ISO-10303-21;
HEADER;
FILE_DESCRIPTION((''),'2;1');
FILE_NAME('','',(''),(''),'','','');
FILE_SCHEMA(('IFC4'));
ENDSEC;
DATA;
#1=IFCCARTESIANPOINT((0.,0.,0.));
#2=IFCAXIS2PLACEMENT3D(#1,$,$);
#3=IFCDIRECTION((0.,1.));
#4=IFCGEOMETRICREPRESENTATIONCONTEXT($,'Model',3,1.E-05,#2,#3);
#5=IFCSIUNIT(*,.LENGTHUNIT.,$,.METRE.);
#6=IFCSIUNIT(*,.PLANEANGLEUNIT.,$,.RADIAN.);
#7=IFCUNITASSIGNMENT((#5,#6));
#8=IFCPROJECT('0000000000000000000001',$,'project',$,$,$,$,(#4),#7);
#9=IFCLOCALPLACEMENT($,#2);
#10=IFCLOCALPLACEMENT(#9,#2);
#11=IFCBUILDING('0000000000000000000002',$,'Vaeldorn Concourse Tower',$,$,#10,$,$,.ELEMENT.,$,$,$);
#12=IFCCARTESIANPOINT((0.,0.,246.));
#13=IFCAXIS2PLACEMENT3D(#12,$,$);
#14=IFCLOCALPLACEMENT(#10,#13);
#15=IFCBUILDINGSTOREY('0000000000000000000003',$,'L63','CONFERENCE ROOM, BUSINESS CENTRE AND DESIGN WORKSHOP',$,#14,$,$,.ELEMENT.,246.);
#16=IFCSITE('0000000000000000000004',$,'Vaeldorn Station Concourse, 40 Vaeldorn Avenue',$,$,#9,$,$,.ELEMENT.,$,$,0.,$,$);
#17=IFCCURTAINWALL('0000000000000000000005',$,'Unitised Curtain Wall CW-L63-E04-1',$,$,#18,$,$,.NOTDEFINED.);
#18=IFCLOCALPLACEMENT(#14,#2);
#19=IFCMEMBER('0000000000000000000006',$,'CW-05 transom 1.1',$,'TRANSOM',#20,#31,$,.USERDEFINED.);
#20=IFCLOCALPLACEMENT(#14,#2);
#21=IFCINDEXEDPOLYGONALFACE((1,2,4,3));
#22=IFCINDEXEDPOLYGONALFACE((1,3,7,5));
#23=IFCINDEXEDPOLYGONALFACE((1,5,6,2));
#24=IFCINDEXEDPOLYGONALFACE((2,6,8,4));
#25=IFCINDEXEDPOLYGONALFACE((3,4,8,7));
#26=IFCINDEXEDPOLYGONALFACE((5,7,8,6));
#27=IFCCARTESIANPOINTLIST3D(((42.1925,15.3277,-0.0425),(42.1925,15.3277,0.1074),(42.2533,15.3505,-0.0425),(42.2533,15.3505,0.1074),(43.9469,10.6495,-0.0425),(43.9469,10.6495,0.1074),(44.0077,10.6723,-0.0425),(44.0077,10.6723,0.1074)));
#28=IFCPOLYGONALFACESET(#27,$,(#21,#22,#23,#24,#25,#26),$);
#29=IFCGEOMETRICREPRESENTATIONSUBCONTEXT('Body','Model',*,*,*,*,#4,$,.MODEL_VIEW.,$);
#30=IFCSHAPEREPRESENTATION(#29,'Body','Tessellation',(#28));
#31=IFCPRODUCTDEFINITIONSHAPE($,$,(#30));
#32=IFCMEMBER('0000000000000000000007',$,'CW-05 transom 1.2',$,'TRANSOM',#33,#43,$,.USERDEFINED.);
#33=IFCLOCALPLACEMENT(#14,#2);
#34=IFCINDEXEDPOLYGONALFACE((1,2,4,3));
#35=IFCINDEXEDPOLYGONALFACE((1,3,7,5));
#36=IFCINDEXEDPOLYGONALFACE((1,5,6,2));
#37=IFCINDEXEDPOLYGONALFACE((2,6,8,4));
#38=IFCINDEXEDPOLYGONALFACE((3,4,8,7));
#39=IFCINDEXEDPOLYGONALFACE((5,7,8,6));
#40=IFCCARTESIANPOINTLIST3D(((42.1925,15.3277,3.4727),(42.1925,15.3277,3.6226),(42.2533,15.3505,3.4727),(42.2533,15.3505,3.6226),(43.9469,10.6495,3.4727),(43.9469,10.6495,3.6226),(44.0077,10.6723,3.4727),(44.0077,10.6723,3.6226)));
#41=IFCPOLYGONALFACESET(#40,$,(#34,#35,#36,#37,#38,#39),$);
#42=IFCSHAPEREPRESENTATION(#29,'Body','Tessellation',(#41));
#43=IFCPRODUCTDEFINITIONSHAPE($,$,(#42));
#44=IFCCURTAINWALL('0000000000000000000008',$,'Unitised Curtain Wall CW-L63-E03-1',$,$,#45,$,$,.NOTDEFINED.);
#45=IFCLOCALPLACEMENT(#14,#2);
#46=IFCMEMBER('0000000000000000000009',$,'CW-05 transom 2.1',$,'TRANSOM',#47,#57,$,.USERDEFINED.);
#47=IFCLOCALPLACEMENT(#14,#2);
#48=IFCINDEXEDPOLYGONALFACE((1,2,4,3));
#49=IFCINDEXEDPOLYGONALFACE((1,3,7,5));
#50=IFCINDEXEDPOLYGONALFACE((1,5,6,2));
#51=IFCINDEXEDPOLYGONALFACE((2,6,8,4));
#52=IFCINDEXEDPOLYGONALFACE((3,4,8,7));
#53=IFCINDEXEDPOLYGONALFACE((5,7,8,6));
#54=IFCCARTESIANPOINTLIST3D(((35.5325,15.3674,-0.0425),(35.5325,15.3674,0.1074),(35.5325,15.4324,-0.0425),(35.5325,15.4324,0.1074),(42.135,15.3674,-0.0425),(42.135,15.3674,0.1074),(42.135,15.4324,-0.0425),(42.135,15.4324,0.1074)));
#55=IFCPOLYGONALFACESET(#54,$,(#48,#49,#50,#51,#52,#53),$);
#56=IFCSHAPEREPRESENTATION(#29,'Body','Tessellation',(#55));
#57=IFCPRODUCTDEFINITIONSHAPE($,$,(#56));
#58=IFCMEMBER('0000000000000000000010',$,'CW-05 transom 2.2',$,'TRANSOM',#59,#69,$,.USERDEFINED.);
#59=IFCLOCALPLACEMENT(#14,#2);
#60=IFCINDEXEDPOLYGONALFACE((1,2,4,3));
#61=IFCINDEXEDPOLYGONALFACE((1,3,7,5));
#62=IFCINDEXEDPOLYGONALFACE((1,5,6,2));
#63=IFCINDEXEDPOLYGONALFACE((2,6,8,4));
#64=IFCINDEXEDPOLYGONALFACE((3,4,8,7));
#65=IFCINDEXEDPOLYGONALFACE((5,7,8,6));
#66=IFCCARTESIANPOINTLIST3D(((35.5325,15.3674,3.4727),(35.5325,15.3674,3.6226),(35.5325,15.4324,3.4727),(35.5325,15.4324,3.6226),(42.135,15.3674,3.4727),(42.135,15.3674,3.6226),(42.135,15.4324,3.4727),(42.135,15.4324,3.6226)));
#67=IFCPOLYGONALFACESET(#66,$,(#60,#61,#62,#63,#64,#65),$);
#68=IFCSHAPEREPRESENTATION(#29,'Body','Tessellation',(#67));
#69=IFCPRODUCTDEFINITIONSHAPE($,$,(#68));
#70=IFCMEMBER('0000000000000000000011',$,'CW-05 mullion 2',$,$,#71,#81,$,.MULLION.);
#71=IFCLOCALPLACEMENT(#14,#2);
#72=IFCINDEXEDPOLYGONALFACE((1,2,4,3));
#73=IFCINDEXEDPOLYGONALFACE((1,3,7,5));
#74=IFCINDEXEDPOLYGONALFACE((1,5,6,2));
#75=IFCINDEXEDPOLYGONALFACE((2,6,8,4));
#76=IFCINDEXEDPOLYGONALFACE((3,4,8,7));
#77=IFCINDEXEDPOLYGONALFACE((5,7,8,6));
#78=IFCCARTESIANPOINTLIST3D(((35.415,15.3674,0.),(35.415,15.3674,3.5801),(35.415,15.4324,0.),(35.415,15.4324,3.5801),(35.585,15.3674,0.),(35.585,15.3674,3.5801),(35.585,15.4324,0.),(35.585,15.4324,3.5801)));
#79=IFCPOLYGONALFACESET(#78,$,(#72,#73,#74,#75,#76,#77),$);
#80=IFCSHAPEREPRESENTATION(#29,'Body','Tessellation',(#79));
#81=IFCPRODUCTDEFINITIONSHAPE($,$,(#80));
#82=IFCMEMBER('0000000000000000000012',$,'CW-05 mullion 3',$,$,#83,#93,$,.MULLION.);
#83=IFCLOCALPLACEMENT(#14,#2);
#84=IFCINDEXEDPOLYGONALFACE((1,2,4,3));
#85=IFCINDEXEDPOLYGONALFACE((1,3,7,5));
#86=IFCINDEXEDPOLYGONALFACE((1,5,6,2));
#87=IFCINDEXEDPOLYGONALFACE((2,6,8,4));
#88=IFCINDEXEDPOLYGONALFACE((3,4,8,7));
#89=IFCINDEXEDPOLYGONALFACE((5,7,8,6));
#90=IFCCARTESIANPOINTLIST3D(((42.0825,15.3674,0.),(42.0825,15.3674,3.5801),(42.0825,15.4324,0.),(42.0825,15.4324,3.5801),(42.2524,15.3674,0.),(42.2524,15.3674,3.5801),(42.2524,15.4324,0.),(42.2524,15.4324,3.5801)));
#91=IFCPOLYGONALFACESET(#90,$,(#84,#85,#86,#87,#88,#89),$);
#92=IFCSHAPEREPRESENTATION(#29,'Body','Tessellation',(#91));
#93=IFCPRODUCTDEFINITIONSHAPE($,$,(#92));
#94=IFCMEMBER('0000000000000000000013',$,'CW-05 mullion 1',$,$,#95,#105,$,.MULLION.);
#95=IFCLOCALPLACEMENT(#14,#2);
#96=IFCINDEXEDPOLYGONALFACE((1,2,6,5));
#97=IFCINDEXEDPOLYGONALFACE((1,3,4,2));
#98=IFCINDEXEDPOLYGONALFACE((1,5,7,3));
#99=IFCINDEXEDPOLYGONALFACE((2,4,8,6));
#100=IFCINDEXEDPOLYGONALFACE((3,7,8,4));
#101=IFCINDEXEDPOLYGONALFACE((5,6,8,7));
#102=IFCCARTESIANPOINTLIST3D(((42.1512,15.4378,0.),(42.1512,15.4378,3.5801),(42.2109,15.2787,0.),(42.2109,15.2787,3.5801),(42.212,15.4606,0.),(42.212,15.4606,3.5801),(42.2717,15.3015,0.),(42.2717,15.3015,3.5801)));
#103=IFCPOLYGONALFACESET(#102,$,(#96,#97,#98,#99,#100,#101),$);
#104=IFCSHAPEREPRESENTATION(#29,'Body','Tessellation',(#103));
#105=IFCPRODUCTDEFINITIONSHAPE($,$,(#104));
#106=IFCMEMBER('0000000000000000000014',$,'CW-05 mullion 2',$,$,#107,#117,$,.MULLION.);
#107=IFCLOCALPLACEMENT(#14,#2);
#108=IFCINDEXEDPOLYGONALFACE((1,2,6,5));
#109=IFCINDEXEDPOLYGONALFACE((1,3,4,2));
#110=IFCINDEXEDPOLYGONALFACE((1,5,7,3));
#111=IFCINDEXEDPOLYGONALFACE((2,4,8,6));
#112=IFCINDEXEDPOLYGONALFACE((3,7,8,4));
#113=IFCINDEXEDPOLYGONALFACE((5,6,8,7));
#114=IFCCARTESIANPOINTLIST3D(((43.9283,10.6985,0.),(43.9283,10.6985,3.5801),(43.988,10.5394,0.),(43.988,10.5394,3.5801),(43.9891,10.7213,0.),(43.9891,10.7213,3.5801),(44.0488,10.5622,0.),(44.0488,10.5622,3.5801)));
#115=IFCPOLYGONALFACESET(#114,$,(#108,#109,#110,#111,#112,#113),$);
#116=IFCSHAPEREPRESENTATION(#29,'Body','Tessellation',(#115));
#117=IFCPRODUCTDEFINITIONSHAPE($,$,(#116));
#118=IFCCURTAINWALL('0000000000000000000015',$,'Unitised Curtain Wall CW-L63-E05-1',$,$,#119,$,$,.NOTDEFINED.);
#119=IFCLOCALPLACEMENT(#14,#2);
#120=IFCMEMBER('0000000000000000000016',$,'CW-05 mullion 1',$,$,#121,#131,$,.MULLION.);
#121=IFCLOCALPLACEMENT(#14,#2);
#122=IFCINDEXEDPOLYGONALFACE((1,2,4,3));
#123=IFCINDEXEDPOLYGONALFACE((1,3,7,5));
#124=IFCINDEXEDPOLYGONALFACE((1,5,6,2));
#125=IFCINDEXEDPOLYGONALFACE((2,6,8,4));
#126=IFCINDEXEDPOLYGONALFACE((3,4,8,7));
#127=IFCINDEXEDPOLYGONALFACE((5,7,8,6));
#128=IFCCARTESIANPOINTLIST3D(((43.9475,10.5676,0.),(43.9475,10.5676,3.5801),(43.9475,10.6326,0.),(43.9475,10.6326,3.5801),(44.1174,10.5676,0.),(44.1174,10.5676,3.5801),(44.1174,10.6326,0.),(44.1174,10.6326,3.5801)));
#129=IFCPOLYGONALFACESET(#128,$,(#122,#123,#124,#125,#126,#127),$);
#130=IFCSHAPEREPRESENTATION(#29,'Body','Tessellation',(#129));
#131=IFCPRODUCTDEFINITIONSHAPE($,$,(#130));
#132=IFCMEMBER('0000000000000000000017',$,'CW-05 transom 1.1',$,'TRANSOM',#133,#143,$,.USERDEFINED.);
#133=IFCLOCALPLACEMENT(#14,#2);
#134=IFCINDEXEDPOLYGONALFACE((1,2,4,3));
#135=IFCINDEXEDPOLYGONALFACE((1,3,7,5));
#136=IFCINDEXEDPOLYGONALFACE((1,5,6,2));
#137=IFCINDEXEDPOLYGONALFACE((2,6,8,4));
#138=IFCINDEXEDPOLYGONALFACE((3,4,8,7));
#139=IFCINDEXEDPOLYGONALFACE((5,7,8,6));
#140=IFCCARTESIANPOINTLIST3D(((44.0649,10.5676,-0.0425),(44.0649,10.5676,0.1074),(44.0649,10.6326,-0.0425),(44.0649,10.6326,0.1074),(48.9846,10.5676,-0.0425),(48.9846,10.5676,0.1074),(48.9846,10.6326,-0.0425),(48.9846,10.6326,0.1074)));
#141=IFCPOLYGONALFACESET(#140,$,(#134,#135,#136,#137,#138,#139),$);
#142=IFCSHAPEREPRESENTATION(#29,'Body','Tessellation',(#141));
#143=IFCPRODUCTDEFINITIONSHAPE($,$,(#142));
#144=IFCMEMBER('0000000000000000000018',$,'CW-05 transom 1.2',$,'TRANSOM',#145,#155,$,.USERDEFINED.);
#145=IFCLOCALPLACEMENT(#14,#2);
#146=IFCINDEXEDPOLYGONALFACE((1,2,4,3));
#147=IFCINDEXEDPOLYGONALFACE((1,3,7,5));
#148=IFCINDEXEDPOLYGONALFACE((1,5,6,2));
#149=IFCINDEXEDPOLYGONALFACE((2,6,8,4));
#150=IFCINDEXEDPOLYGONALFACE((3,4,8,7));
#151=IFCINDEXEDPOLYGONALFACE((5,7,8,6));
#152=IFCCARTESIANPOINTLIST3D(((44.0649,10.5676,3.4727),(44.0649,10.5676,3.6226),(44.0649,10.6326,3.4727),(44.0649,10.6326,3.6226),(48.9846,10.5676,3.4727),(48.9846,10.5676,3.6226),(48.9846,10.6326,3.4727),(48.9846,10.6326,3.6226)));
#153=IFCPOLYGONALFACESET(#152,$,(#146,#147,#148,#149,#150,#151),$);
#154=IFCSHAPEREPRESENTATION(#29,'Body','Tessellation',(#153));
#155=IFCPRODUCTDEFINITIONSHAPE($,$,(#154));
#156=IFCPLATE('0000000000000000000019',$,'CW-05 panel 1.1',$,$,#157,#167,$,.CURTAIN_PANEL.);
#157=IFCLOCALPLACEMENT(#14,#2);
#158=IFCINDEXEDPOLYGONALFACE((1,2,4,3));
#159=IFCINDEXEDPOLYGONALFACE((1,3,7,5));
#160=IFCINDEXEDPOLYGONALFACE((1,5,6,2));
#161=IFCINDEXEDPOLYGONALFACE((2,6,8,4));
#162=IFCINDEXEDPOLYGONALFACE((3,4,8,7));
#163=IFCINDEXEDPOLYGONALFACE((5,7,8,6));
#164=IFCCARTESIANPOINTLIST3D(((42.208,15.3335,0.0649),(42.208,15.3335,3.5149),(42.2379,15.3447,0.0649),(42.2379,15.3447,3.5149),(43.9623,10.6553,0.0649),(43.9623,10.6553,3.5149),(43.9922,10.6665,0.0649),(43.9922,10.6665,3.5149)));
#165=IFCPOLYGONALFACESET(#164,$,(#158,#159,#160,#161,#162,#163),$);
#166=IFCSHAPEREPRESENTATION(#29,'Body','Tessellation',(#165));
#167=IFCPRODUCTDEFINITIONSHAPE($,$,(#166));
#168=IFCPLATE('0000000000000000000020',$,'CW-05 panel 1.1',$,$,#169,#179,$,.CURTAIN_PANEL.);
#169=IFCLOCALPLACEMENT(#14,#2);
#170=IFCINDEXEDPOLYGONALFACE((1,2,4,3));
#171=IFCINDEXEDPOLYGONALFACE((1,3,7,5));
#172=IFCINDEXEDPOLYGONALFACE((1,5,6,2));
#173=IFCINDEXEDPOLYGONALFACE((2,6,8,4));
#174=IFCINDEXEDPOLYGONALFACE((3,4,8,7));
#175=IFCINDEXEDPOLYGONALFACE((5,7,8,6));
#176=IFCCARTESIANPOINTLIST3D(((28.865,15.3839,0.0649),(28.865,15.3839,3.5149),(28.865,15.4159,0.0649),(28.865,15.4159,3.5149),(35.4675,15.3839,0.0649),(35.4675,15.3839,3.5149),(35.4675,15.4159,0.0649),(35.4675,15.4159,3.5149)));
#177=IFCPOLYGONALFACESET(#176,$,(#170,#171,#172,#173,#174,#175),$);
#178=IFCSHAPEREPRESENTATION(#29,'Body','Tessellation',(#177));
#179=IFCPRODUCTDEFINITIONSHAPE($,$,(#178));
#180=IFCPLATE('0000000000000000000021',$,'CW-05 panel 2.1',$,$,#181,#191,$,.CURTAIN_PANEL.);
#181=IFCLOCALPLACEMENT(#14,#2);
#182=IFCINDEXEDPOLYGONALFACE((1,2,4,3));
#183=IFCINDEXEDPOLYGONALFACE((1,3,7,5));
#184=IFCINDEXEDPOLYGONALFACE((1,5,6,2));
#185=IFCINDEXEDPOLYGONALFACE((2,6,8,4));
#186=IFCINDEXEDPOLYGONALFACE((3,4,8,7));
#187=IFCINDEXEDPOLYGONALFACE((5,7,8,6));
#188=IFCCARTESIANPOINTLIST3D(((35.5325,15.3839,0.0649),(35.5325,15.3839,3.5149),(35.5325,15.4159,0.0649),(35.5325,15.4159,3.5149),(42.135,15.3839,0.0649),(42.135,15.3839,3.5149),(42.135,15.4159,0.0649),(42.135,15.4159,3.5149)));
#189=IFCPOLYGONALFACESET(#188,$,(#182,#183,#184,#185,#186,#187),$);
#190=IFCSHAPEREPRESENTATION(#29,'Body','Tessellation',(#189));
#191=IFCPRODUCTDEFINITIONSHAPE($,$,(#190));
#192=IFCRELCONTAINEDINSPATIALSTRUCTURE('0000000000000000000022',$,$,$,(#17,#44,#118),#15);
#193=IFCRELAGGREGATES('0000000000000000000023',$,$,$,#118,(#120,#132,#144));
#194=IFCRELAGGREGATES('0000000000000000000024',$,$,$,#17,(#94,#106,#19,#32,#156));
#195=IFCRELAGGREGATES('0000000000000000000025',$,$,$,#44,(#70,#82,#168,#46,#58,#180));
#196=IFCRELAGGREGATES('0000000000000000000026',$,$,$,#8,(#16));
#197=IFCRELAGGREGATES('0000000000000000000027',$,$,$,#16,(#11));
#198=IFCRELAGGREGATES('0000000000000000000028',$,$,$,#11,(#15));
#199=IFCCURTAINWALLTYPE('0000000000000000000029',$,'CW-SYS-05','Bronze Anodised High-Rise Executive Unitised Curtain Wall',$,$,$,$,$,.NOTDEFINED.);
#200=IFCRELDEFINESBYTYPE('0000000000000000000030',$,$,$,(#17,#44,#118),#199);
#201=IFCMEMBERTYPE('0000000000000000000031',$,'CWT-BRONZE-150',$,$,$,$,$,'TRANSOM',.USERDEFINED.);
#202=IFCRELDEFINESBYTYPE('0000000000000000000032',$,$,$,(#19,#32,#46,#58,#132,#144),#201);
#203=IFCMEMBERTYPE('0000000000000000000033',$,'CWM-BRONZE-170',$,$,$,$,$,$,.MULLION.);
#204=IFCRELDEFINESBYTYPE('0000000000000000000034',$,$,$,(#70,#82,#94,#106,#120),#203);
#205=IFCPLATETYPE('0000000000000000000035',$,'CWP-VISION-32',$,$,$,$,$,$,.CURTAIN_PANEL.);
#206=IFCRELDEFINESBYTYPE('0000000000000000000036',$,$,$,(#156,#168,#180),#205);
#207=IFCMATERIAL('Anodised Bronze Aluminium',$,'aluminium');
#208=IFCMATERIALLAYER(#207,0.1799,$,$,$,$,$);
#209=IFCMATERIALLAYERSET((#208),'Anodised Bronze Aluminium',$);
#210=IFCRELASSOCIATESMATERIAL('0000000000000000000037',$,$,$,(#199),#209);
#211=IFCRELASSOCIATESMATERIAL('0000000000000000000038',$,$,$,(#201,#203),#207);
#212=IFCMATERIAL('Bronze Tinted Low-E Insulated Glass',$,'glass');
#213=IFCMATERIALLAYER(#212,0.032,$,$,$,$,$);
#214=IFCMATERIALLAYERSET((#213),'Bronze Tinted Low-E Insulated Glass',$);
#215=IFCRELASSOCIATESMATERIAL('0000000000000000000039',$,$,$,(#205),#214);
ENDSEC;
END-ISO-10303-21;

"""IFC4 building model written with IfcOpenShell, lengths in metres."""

from ifc_helpers import new_model, si_unit, direction, frame, origin, origin_2d, place, context, subcontext, project, spatial, rectangle, extrude, source, transform, mapped, material, layer, layer_set, material_profile, profile_set, type_object, element, aggregate, save


model = new_model("IFC4")

# Units and contexts
model_context = context("Model", 3, precision=1e-05, world=origin(), true_north=direction((0.0, 1.0)))
body_context = subcontext(model_context, "Body", "Model", "MODEL_VIEW")
ifc_project = project(units=[si_unit("LENGTHUNIT", "METRE"), si_unit("PLANEANGLEUNIT", "RADIAN")], contexts=[model_context])

# Site, building, storey
site_placement = place(None, origin())
site = spatial("IfcSite", under=ifc_project, at=site_placement, Name="Vaeldorn Station Concourse, 40 Vaeldorn Avenue", CompositionType="ELEMENT", RefElevation=0.0)
building_placement = place(site_placement, origin())
building = spatial("IfcBuilding", under=site, at=building_placement, Name="Vaeldorn Concourse Tower", CompositionType="ELEMENT")
storey_placement = place(building_placement, frame((0.0, 0.0, 246.0)))
storey = spatial("IfcBuildingStorey", under=building, at=storey_placement, Name="L63", Description="CONFERENCE ROOM, BUSINESS CENTRE AND DESIGN WORKSHOP", CompositionType="ELEMENT", Elevation=246.0)

# Curtain walls, members
ifc_material_1 = material(Name="Anodised Bronze Aluminium", Category="aluminium")
ifc_layer_1 = layer(ifc_material_1, 0.1799)
ifc_layer_set_1 = layer_set([ifc_layer_1], Name="Anodised Bronze Aluminium")
curtain_wall_type = type_object("IfcCurtainWallType", Name="CW-SYS-05", Description="Bronze Anodised High-Rise Executive Unitised Curtain Wall", PredefinedType="NOTDEFINED", material=ifc_layer_set_1)
curtain_wall_1_placement = place(storey_placement, origin())
curtain_wall_1 = element("IfcCurtainWall", 1, at=curtain_wall_1_placement, inside=storey, type_object=curtain_wall_type, Name="Unitised Curtain Wall CW-L63-E04-1", PredefinedType="NOTDEFINED")
ifc_material_profile_1 = material_profile(ifc_material_1, rectangle(XDim=0.0649, YDim=0.1499, at=origin_2d()), Name="CWT 65x150")
ifc_profile_set_1 = profile_set([ifc_material_profile_1], Name="Anodised Bronze Aluminium")
member_type_1 = type_object("IfcMemberType", Name="CWT-BRONZE-150", ElementType="TRANSOM", PredefinedType="USERDEFINED", material=ifc_profile_set_1)
shared_shape_1 = source(origin(), body_context, "Body", "SweptSolid", [
    extrude(rectangle(XDim=0.0649, YDim=0.1499, at=origin_2d()), origin(), (0.0, 0.0, 1.0), 4.9963),
])
member_1_placement = place(storey_placement, frame((42.2229, 15.3391, 0.0325), z_axis=(0.351134, -0.936325, 0.0), x_axis=(0.936325, 0.351134, 0.0)))
member_1 = element("IfcMember", 2, at=member_1_placement, type_object=member_type_1, Name="CW-05 transom 1.1", ObjectType="TRANSOM", PredefinedType="USERDEFINED", context=body_context, shape_type="MappedRepresentation", body=[
    mapped(shared_shape_1, transform((0.0, 0.0, 0.0), scale=1.0)),
])
member_2_placement = place(storey_placement, frame((42.2229, 15.3391, 3.5476), z_axis=(0.351134, -0.936325, 0.0), x_axis=(0.936325, 0.351134, 0.0)))
member_2 = element("IfcMember", 3, at=member_2_placement, type_object=member_type_1, Name="CW-05 transom 1.2", ObjectType="TRANSOM", PredefinedType="USERDEFINED", context=body_context, shape_type="MappedRepresentation", body=[
    mapped(shared_shape_1, transform((0.0, 0.0, 0.0), scale=1.0)),
])
curtain_wall_2_placement = place(storey_placement, origin())
curtain_wall_2 = element("IfcCurtainWall", 4, at=curtain_wall_2_placement, inside=storey, type_object=curtain_wall_type, Name="Unitised Curtain Wall CW-L63-E03-1", PredefinedType="NOTDEFINED")
shared_shape_2 = source(origin(), body_context, "Body", "SweptSolid", [
    extrude(rectangle(XDim=0.0649, YDim=0.1499, at=origin_2d()), origin(), (0.0, 0.0, 1.0), 6.6025),
])
member_3_placement = place(storey_placement, frame((35.5325, 15.3999, 0.0325), z_axis=(1.0, 0.0, 0.0), x_axis=(0.0, 1.0, 0.0)))
member_3 = element("IfcMember", 5, at=member_3_placement, type_object=member_type_1, Name="CW-05 transom 2.1", ObjectType="TRANSOM", PredefinedType="USERDEFINED", context=body_context, shape_type="MappedRepresentation", body=[
    mapped(shared_shape_2, transform((0.0, 0.0, 0.0), scale=1.0)),
])
member_4_placement = place(storey_placement, frame((35.5325, 15.3999, 3.5476), z_axis=(1.0, 0.0, 0.0), x_axis=(0.0, 1.0, 0.0)))
member_4 = element("IfcMember", 6, at=member_4_placement, type_object=member_type_1, Name="CW-05 transom 2.2", ObjectType="TRANSOM", PredefinedType="USERDEFINED", context=body_context, shape_type="MappedRepresentation", body=[
    mapped(shared_shape_2, transform((0.0, 0.0, 0.0), scale=1.0)),
])
ifc_material_profile_2 = material_profile(ifc_material_1, rectangle(XDim=0.0649, YDim=0.1699, at=origin_2d()), Name="CWM 65x170")
ifc_profile_set_2 = profile_set([ifc_material_profile_2], Name="Anodised Bronze Aluminium")
member_type_2 = type_object("IfcMemberType", Name="CWM-BRONZE-170", PredefinedType="MULLION", material=ifc_profile_set_2)
shared_shape_3 = source(origin(), body_context, "Body", "SweptSolid", [
    extrude(rectangle(XDim=0.0649, YDim=0.1699, at=origin_2d()), origin(), (0.0, 0.0, 1.0), 3.5801),
])
member_5_placement = place(storey_placement, frame((35.5, 15.3999, 0.0), z_axis=(0.0, 0.0, 1.0), x_axis=(0.0, 1.0, 0.0)))
member_5 = element("IfcMember", 7, at=member_5_placement, type_object=member_type_2, Name="CW-05 mullion 2", PredefinedType="MULLION", context=body_context, shape_type="MappedRepresentation", body=[
    mapped(shared_shape_3, transform((0.0, 0.0, 0.0), scale=1.0)),
])
member_6_placement = place(storey_placement, frame((42.1675, 15.3999, 0.0), z_axis=(0.0, 0.0, 1.0), x_axis=(0.0, 1.0, 0.0)))
member_6 = element("IfcMember", 8, at=member_6_placement, type_object=member_type_2, Name="CW-05 mullion 3", PredefinedType="MULLION", context=body_context, shape_type="MappedRepresentation", body=[
    mapped(shared_shape_3, transform((0.0, 0.0, 0.0), scale=1.0)),
])

# Members
member_7_placement = place(storey_placement, frame((42.2114, 15.3696, 0.0), z_axis=(0.0, 0.0, 1.0), x_axis=(0.936329, 0.351123, 0.0)))
member_7 = element("IfcMember", 9, at=member_7_placement, type_object=member_type_2, Name="CW-05 mullion 1", PredefinedType="MULLION", context=body_context, shape_type="MappedRepresentation", body=[
    mapped(shared_shape_3, transform((0.0, 0.0, 0.0), scale=1.0)),
])
member_8_placement = place(storey_placement, frame((43.9885, 10.6304, 0.0), z_axis=(0.0, 0.0, 1.0), x_axis=(0.936329, 0.351123, 0.0)))
member_8 = element("IfcMember", 10, at=member_8_placement, type_object=member_type_2, Name="CW-05 mullion 2", PredefinedType="MULLION", context=body_context, shape_type="MappedRepresentation", body=[
    mapped(shared_shape_3, transform((0.0, 0.0, 0.0), scale=1.0)),
])

# Curtain wall, members
curtain_wall_3_placement = place(storey_placement, origin())
curtain_wall_3 = element("IfcCurtainWall", 11, at=curtain_wall_3_placement, inside=storey, type_object=curtain_wall_type, Name="Unitised Curtain Wall CW-L63-E05-1", PredefinedType="NOTDEFINED")
member_9_placement = place(storey_placement, frame((44.0325, 10.6001, 0.0), z_axis=(0.0, 0.0, 1.0), x_axis=(0.0, 1.0, 0.0)))
member_9 = element("IfcMember", 12, at=member_9_placement, type_object=member_type_2, Name="CW-05 mullion 1", PredefinedType="MULLION", context=body_context, shape_type="MappedRepresentation", body=[
    mapped(shared_shape_3, transform((0.0, 0.0, 0.0), scale=1.0)),
])
shared_shape_4 = source(origin(), body_context, "Body", "SweptSolid", [
    extrude(rectangle(XDim=0.0649, YDim=0.1499, at=origin_2d()), origin(), (0.0, 0.0, 1.0), 4.9197),
])
member_10_placement = place(storey_placement, frame((44.0649, 10.6001, 0.0325), z_axis=(1.0, 0.0, 0.0), x_axis=(0.0, 1.0, 0.0)))
member_10 = element("IfcMember", 13, at=member_10_placement, type_object=member_type_1, Name="CW-05 transom 1.1", ObjectType="TRANSOM", PredefinedType="USERDEFINED", context=body_context, shape_type="MappedRepresentation", body=[
    mapped(shared_shape_4, transform((0.0, 0.0, 0.0), scale=1.0)),
])
member_11_placement = place(storey_placement, frame((44.0649, 10.6001, 3.5476), z_axis=(1.0, 0.0, 0.0), x_axis=(0.0, 1.0, 0.0)))
member_11 = element("IfcMember", 14, at=member_11_placement, type_object=member_type_1, Name="CW-05 transom 1.2", ObjectType="TRANSOM", PredefinedType="USERDEFINED", context=body_context, shape_type="MappedRepresentation", body=[
    mapped(shared_shape_4, transform((0.0, 0.0, 0.0), scale=1.0)),
])
aggregate(curtain_wall_3, [member_9, member_10, member_11])

# Plates
ifc_material_2 = material(Name="Bronze Tinted Low-E Insulated Glass", Category="glass")
ifc_layer_2 = layer(ifc_material_2, 0.032)
ifc_layer_set_2 = layer_set([ifc_layer_2], Name="Bronze Tinted Low-E Insulated Glass")
plate_type = type_object("IfcPlateType", Name="CWP-VISION-32", PredefinedType="CURTAIN_PANEL", material=ifc_layer_set_2)
shared_shape_5 = source(origin(), body_context, "Body", "SweptSolid", [
    extrude(rectangle(XDim=4.9963, YDim=0.032, at=origin_2d()), origin(), (0.0, 0.0, 1.0), 3.45),
])
plate_1_placement = place(storey_placement, frame((43.1001, 13.0, 0.0649), z_axis=(0.0, 0.0, 1.0), x_axis=(0.351123, -0.936329, 0.0)))
plate_1 = element("IfcPlate", 15, at=plate_1_placement, type_object=plate_type, Name="CW-05 panel 1.1", PredefinedType="CURTAIN_PANEL", context=body_context, shape_type="MappedRepresentation", body=[
    mapped(shared_shape_5, transform((0.0, 0.0, 0.0), scale=1.0)),
])
aggregate(curtain_wall_1, [member_7, member_8, member_1, member_2, plate_1])
shared_shape_6 = source(origin(), body_context, "Body", "SweptSolid", [
    extrude(rectangle(XDim=6.6025, YDim=0.032, at=origin_2d()), origin(), (0.0, 0.0, 1.0), 3.45),
])
plate_2_placement = place(storey_placement, frame((32.1663, 15.3999, 0.0649), z_axis=(0.0, 0.0, 1.0), x_axis=(1.0, 0.0, 0.0)))
plate_2 = element("IfcPlate", 16, at=plate_2_placement, type_object=plate_type, Name="CW-05 panel 1.1", PredefinedType="CURTAIN_PANEL", context=body_context, shape_type="MappedRepresentation", body=[
    mapped(shared_shape_6, transform((0.0, 0.0, 0.0), scale=1.0)),
])
plate_3_placement = place(storey_placement, frame((38.8337, 15.3999, 0.0649), z_axis=(0.0, 0.0, 1.0), x_axis=(1.0, 0.0, 0.0)))
plate_3 = element("IfcPlate", 17, at=plate_3_placement, type_object=plate_type, Name="CW-05 panel 2.1", PredefinedType="CURTAIN_PANEL", context=body_context, shape_type="MappedRepresentation", body=[
    mapped(shared_shape_6, transform((0.0, 0.0, 0.0), scale=1.0)),
])
aggregate(curtain_wall_2, [member_5, member_6, plate_2, member_3, member_4, plate_3])

save(model, "model.ifc")
